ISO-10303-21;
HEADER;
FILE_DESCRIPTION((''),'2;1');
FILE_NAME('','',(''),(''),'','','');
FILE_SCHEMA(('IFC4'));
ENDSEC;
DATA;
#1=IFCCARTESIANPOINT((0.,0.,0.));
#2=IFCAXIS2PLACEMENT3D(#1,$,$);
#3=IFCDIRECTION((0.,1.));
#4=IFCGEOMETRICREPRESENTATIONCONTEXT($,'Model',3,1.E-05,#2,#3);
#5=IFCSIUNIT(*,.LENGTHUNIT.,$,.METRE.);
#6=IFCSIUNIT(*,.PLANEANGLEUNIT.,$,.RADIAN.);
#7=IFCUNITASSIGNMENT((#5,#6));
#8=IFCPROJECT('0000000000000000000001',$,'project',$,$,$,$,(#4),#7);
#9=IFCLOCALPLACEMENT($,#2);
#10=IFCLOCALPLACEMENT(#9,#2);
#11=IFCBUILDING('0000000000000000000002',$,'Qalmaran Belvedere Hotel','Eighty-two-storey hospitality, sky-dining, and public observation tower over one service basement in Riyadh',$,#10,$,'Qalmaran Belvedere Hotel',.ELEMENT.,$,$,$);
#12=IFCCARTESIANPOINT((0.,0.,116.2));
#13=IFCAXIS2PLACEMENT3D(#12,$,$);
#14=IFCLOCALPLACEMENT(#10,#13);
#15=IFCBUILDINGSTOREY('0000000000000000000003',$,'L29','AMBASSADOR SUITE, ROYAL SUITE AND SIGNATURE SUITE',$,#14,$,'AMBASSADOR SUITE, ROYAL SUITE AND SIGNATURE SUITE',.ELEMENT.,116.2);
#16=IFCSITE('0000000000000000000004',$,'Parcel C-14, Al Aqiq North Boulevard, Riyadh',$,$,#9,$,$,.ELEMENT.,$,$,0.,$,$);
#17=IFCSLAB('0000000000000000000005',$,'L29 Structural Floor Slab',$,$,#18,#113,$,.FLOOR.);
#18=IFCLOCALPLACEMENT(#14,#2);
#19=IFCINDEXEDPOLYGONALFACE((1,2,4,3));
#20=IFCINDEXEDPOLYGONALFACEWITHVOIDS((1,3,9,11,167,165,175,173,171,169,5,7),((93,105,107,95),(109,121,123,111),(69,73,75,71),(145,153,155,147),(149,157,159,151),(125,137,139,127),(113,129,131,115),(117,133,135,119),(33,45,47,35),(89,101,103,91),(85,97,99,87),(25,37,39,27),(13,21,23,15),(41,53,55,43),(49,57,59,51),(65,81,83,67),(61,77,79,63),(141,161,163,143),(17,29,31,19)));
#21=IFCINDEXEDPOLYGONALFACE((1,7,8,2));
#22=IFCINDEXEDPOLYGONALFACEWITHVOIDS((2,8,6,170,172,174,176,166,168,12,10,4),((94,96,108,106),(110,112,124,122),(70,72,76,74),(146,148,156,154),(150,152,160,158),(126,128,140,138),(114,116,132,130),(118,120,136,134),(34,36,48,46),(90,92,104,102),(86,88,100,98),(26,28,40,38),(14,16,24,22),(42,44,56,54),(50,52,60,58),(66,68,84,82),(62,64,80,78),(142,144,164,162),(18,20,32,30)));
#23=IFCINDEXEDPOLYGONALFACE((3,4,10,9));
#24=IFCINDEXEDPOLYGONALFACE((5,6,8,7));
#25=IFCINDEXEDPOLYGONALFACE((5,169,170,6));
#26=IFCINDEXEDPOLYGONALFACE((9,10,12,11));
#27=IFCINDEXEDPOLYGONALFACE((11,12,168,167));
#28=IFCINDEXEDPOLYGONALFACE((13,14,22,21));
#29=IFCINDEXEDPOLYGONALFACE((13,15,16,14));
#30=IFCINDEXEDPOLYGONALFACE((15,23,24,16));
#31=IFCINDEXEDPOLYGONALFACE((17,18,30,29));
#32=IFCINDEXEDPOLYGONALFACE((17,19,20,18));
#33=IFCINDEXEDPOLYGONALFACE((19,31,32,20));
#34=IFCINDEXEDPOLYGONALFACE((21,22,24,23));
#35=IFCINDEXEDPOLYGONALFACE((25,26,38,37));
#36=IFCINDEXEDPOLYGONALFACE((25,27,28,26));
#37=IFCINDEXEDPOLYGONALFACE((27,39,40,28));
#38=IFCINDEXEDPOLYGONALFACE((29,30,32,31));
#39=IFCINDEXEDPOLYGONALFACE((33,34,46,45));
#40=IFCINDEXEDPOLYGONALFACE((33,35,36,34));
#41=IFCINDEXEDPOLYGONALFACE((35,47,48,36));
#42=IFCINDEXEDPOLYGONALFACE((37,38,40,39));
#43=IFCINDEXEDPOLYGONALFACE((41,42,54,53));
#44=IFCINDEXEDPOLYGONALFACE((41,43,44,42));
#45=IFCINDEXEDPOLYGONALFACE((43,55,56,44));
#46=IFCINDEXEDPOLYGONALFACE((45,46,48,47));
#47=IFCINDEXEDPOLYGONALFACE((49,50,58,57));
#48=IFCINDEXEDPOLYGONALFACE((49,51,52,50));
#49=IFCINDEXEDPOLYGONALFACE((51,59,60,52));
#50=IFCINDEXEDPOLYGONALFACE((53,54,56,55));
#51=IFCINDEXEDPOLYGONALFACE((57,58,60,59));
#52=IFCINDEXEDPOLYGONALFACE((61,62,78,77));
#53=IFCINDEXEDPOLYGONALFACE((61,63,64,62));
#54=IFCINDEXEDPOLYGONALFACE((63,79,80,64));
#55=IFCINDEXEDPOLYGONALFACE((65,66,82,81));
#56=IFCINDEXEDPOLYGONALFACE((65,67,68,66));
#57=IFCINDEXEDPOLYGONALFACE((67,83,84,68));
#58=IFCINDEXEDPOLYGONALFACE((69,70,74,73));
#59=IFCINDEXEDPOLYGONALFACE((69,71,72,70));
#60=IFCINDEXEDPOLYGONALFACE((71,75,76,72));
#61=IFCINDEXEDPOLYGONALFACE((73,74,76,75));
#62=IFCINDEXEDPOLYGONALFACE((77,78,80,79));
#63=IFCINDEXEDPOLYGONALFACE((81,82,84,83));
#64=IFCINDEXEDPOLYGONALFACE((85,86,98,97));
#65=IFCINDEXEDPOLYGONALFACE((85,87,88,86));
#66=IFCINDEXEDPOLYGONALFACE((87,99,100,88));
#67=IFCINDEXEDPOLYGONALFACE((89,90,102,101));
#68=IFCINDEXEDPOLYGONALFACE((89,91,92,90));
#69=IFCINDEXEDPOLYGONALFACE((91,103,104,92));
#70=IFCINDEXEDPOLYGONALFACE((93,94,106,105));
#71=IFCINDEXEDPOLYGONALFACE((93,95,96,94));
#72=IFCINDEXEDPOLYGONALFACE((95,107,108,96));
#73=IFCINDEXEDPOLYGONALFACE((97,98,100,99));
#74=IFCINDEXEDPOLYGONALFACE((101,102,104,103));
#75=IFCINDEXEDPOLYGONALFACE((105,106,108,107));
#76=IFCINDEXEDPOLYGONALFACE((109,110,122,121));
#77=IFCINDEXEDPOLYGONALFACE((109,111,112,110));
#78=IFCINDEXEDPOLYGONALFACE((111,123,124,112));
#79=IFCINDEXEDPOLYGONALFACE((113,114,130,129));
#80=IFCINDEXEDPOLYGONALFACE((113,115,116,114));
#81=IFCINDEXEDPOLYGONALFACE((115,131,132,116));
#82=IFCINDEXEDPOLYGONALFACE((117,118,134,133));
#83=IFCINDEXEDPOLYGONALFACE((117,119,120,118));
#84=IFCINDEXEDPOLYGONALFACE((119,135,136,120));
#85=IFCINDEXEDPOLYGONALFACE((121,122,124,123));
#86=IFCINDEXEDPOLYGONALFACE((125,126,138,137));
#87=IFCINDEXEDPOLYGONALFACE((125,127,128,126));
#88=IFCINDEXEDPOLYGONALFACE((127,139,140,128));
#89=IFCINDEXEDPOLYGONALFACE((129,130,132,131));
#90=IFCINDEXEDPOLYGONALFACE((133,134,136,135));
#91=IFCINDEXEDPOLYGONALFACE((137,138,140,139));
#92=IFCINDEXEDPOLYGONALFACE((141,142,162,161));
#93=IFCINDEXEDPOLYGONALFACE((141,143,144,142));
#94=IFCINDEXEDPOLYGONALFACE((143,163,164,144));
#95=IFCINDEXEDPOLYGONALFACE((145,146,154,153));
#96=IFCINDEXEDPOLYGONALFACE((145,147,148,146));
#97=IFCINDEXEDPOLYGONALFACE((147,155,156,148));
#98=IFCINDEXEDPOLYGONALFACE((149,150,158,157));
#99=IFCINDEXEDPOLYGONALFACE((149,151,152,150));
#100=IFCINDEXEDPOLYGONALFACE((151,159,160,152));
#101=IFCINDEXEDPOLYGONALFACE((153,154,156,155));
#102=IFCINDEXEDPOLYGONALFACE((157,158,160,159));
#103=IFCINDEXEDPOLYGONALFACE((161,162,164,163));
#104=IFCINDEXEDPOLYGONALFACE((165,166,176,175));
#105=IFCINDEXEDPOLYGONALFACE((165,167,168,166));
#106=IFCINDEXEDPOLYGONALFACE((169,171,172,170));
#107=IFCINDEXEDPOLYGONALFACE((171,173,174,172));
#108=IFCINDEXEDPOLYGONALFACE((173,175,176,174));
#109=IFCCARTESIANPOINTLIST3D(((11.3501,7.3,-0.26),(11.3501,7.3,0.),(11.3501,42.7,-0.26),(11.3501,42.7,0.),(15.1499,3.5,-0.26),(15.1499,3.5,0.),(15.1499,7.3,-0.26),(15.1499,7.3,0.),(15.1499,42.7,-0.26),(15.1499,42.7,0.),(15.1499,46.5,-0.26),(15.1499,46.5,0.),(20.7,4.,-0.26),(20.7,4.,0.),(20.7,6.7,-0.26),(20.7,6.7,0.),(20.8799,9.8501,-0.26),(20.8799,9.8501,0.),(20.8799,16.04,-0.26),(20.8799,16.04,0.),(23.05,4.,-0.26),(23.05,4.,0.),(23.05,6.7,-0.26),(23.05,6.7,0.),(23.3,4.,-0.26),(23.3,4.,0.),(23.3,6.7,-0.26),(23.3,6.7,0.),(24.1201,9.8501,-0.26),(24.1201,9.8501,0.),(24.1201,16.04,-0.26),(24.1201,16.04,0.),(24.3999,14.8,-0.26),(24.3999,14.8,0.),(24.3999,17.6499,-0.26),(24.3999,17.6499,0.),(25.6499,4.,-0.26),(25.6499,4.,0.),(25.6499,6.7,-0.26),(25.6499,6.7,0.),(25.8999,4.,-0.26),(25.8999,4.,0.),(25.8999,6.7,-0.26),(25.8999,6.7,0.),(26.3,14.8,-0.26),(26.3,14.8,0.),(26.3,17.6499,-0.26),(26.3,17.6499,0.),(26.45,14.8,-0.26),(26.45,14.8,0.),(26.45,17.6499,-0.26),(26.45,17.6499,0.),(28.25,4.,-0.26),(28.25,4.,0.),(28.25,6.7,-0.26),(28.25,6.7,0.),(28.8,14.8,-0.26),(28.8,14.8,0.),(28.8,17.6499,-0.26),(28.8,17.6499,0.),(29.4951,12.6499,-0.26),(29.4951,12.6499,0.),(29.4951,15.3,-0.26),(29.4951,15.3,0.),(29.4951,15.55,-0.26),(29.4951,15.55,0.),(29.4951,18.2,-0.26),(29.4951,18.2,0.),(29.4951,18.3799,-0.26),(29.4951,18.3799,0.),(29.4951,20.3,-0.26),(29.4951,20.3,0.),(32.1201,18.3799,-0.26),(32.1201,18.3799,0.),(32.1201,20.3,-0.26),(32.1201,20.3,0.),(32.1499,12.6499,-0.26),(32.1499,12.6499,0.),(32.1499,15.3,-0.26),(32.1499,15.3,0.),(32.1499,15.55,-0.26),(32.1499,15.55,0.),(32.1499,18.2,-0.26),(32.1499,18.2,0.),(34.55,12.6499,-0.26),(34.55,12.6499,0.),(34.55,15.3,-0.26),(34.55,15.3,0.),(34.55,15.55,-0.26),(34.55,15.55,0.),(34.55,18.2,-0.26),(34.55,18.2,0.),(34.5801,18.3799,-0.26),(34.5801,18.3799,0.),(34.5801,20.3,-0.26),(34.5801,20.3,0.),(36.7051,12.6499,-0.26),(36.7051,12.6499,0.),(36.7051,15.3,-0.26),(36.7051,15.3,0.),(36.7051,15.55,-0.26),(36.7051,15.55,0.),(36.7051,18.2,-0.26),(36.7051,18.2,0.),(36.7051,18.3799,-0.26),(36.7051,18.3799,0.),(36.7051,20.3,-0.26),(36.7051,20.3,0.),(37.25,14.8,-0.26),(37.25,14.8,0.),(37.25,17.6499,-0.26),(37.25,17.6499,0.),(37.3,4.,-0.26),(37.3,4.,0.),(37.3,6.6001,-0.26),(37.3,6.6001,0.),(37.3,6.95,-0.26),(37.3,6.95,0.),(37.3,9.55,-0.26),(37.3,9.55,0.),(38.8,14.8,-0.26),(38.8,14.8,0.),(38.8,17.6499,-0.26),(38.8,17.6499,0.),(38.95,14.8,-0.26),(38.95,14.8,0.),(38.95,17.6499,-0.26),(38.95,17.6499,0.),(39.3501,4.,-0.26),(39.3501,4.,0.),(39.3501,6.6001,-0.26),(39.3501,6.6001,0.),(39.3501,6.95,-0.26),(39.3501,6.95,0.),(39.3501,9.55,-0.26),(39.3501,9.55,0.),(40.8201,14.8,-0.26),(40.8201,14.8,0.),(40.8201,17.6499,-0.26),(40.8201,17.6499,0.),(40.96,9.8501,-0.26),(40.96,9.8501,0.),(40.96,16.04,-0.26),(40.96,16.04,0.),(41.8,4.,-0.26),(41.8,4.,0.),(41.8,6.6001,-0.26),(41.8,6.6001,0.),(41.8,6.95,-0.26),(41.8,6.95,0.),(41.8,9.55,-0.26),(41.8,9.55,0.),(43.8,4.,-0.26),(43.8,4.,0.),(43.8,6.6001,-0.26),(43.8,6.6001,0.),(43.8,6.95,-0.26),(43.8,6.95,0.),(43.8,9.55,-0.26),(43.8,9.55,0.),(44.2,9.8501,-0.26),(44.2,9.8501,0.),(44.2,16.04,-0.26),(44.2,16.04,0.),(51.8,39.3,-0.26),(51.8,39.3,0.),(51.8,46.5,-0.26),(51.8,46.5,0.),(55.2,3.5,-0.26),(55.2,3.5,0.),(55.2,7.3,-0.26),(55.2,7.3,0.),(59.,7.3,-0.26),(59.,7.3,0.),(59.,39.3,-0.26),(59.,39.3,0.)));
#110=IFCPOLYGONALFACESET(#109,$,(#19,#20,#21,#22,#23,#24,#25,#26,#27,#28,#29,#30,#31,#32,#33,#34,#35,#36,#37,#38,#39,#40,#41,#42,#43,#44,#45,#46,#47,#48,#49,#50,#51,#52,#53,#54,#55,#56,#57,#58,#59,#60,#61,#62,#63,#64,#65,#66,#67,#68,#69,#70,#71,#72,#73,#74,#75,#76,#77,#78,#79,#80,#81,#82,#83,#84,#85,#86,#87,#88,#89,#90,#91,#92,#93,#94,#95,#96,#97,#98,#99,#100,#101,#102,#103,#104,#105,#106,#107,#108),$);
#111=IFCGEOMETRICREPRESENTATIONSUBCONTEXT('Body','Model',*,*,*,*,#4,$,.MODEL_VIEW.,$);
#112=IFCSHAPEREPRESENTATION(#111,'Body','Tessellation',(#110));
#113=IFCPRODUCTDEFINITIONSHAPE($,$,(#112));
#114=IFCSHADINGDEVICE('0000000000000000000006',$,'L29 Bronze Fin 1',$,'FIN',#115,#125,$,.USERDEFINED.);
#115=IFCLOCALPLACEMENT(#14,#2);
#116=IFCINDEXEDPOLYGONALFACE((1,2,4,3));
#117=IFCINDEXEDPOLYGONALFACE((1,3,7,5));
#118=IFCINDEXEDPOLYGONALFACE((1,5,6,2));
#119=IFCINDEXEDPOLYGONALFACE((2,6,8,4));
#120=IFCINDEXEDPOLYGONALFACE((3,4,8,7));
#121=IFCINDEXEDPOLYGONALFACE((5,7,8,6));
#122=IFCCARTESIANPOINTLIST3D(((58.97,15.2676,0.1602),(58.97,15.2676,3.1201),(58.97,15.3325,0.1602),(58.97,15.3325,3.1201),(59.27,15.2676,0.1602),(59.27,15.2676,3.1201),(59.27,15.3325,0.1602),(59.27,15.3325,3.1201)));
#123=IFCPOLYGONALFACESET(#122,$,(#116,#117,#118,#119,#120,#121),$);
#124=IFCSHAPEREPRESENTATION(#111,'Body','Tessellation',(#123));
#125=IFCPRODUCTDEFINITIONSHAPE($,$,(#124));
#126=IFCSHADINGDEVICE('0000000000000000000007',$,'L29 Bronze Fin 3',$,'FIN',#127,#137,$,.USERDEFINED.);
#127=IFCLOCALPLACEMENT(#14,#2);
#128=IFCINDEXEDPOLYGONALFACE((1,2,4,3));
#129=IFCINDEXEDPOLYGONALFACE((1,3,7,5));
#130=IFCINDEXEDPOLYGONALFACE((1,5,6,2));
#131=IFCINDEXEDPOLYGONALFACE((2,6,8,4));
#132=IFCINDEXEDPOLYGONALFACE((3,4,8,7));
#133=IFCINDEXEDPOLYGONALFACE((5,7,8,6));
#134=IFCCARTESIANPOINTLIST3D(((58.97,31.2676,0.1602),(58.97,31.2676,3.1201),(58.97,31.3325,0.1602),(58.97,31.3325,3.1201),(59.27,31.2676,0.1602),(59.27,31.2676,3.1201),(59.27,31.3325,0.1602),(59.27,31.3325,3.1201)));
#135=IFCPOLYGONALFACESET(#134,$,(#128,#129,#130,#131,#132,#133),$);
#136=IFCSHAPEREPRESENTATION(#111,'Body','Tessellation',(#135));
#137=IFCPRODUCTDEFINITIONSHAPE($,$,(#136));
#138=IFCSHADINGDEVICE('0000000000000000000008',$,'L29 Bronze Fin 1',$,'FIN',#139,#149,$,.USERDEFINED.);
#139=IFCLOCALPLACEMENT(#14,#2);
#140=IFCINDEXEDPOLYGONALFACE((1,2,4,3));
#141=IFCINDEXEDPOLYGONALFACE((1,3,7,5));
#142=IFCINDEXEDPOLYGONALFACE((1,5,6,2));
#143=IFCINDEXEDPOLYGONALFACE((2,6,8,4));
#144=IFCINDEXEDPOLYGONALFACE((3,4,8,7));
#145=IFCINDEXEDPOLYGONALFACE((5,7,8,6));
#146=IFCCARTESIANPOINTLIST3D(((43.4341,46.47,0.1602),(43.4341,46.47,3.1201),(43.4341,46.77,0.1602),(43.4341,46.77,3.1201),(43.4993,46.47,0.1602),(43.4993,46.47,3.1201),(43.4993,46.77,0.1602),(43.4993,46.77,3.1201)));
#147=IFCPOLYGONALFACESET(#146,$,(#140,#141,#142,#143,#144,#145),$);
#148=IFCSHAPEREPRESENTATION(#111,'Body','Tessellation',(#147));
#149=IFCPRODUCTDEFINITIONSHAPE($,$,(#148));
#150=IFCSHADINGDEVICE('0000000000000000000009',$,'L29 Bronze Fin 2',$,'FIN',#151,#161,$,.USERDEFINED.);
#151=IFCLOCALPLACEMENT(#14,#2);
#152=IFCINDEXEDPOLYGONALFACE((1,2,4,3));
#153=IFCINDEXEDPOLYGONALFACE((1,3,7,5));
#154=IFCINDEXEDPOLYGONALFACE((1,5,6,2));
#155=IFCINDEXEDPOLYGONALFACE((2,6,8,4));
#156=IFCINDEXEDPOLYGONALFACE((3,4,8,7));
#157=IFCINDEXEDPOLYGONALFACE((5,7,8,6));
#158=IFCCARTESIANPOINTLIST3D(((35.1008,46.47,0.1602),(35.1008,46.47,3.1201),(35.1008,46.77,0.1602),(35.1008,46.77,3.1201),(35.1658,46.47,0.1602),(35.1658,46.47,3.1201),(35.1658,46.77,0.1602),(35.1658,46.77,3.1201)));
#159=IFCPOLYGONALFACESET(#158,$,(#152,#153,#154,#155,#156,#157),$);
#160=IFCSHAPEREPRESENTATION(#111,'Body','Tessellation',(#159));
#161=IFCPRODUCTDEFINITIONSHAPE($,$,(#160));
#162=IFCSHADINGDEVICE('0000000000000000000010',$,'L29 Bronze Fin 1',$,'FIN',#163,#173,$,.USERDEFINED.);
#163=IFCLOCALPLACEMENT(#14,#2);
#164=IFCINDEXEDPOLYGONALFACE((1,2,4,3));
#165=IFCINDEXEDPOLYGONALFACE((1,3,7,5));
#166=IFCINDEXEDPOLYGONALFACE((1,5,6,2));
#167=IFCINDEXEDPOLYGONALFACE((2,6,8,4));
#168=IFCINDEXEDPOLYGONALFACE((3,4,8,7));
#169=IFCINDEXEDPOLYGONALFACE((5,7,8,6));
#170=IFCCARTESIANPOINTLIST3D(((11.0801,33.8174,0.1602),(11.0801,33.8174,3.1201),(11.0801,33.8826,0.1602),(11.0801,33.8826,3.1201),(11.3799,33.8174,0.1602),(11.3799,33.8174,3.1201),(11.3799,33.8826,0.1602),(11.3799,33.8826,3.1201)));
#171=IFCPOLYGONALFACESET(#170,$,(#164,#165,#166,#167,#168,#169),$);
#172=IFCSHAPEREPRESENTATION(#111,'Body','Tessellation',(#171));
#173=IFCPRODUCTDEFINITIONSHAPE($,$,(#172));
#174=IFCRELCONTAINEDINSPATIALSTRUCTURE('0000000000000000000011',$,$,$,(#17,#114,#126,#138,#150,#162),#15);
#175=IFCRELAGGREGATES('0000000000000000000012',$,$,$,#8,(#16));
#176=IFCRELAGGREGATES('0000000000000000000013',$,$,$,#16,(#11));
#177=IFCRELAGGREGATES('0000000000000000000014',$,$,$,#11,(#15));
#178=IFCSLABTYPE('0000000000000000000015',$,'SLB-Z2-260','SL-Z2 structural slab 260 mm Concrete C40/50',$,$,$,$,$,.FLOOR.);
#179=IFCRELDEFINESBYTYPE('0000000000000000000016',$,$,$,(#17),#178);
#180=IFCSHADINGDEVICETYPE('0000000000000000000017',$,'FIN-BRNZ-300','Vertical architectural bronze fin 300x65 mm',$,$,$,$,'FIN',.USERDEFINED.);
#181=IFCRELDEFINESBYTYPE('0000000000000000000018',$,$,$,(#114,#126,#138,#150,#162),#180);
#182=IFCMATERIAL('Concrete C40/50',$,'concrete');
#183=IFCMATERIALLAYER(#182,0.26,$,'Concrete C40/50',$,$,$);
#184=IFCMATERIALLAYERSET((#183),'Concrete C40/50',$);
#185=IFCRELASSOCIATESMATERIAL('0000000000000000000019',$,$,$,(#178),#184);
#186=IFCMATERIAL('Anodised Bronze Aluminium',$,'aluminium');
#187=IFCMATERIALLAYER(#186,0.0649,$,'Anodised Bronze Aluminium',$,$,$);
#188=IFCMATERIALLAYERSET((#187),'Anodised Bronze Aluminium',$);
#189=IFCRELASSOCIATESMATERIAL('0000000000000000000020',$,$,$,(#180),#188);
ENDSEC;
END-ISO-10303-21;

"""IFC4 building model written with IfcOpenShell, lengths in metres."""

from ifc_helpers import new_model, si_unit, direction, frame, origin, place, context, subcontext, project, spatial, polyline, outline, extrude, material, layer, layer_set, type_object, element, save


model = new_model("IFC4")

# Units and contexts
model_context = context("Model", 3, precision=1e-05, world=origin(), true_north=direction((0.0, 1.0)))
body_context = subcontext(model_context, "Body", "Model", "MODEL_VIEW")
ifc_project = project(units=[si_unit("LENGTHUNIT", "METRE"), si_unit("PLANEANGLEUNIT", "RADIAN")], contexts=[model_context])

# Site, building, storey
site_placement = place(None, origin())
site = spatial("IfcSite", under=ifc_project, at=site_placement, Name="Parcel C-14, Al Aqiq North Boulevard, Riyadh", CompositionType="ELEMENT", RefElevation=0.0)
building_placement = place(site_placement, origin())
building = spatial("IfcBuilding", under=site, at=building_placement, Name="Qalmaran Belvedere Hotel", Description="Eighty-two-storey hospitality, sky-dining, and public observation tower over one service basement in Riyadh", LongName="Qalmaran Belvedere Hotel", CompositionType="ELEMENT")
storey_placement = place(building_placement, frame((0.0, 0.0, 116.2)))
storey = spatial("IfcBuildingStorey", under=building, at=storey_placement, Name="L29", Description="AMBASSADOR SUITE, ROYAL SUITE AND SIGNATURE SUITE", LongName="AMBASSADOR SUITE, ROYAL SUITE AND SIGNATURE SUITE", CompositionType="ELEMENT", Elevation=116.2)

# Shared definitions
ifc_material_1 = material(Name="Anodised Bronze Aluminium", Category="aluminium")

# Shared definitions
ifc_material_2 = material(Name="Concrete C40/50", Category="concrete")

# Slab
ifc_layer_1 = layer(ifc_material_2, 0.26, Name="Concrete C40/50")
ifc_layer_set_1 = layer_set([ifc_layer_1], Name="Concrete C40/50")
slab_type_1 = type_object("IfcSlabType", Name="SLB-Z2-260", Description="SL-Z2 structural slab 260 mm Concrete C40/50", PredefinedType="FLOOR", material=ifc_layer_set_1)
slab_1_placement = place(storey_placement, frame((0.0, 0.0, -0.26)))
element("IfcSlab", 1, at=slab_1_placement, inside=storey, type_object=slab_type_1, Name="L29 Structural Floor Slab", PredefinedType="FLOOR", context=body_context, shape_type="SweptSolid", body=[
    extrude(outline(polyline([(15.1499, 3.5), (55.2, 3.5), (55.2, 7.3), (59.0, 7.3), (59.0, 39.3), (51.8, 39.3), (51.8, 46.5), (15.1499, 46.5), (15.1499, 42.7), (11.3501, 42.7), (11.3501, 7.3), (15.1499, 7.3), (15.1499, 3.5)]), holes=[polyline([(20.8799, 9.8501), (24.1201, 9.8501), (24.1201, 16.04), (20.8799, 16.04), (20.8799, 9.8501)]), polyline([(40.96, 9.8501), (44.2, 9.8501), (44.2, 16.04), (40.96, 16.04), (40.96, 9.8501)]), polyline([(29.4951, 12.6499), (32.1499, 12.6499), (32.1499, 15.3), (29.4951, 15.3), (29.4951, 12.6499)]), polyline([(29.4951, 15.55), (32.1499, 15.55), (32.1499, 18.2), (29.4951, 18.2), (29.4951, 15.55)]), polyline([(34.55, 12.6499), (36.7051, 12.6499), (36.7051, 15.3), (34.55, 15.3), (34.55, 12.6499)]), polyline([(34.55, 15.55), (36.7051, 15.55), (36.7051, 18.2), (34.55, 18.2), (34.55, 15.55)]), polyline([(37.3, 4.0), (39.3501, 4.0), (39.3501, 6.6001), (37.3, 6.6001), (37.3, 4.0)]), polyline([(37.3, 6.95), (39.3501, 6.95), (39.3501, 9.55), (37.3, 9.55), (37.3, 6.95)]), polyline([(41.8, 4.0), (43.8, 4.0), (43.8, 6.6001), (41.8, 6.6001), (41.8, 4.0)]), polyline([(41.8, 6.95), (43.8, 6.95), (43.8, 9.55), (41.8, 9.55), (41.8, 6.95)]), polyline([(20.7, 4.0), (23.05, 4.0), (23.05, 6.7), (20.7, 6.7), (20.7, 4.0)]), polyline([(23.3, 4.0), (25.6499, 4.0), (25.6499, 6.7), (23.3, 6.7), (23.3, 4.0)]), polyline([(25.8999, 4.0), (28.25, 4.0), (28.25, 6.7), (25.8999, 6.7), (25.8999, 4.0)]), polyline([(24.3999, 14.8), (26.3, 14.8), (26.3, 17.6499), (24.3999, 17.6499), (24.3999, 14.8)]), polyline([(38.95, 14.8), (40.8201, 14.8), (40.8201, 17.6499), (38.95, 17.6499), (38.95, 14.8)]), polyline([(26.45, 14.8), (28.8, 14.8), (28.8, 17.6499), (26.45, 17.6499), (26.45, 14.8)]), polyline([(37.25, 14.8), (38.8, 14.8), (38.8, 17.6499), (37.25, 17.6499), (37.25, 14.8)]), polyline([(29.4951, 18.3799), (32.1201, 18.3799), (32.1201, 20.3), (29.4951, 20.3), (29.4951, 18.3799)]), polyline([(34.5801, 18.3799), (36.7051, 18.3799), (36.7051, 20.3), (34.5801, 20.3), (34.5801, 18.3799)])]), origin(), (0.0, 0.0, 1.0), 0.26),
])

# Shading devices
ifc_layer_2 = layer(ifc_material_1, 0.0649, Name="Anodised Bronze Aluminium")
ifc_layer_set_2 = layer_set([ifc_layer_2], Name="Anodised Bronze Aluminium")
shading_device_type = type_object("IfcShadingDeviceType", Name="FIN-BRNZ-300", Description="Vertical architectural bronze fin 300x65 mm", ElementType="FIN", PredefinedType="USERDEFINED", material=ifc_layer_set_2)
shading_device_1_placement = place(storey_placement, frame((0.0, 0.0, 0.1602)))
element("IfcShadingDevice", 2, at=shading_device_1_placement, inside=storey, type_object=shading_device_type, Name="L29 Bronze Fin 1", ObjectType="FIN", PredefinedType="USERDEFINED", context=body_context, shape_type="SweptSolid", body=[
    extrude(outline(polyline([(58.97, 15.2676), (59.27, 15.2676), (59.27, 15.3325), (58.97, 15.3325), (58.97, 15.2676)])), origin(), (0.0, 0.0, 1.0), 2.96),
])
shading_device_2_placement = place(storey_placement, frame((0.0, 0.0, 0.1602)))
element("IfcShadingDevice", 3, at=shading_device_2_placement, inside=storey, type_object=shading_device_type, Name="L29 Bronze Fin 3", ObjectType="FIN", PredefinedType="USERDEFINED", context=body_context, shape_type="SweptSolid", body=[
    extrude(outline(polyline([(58.97, 31.2676), (59.27, 31.2676), (59.27, 31.3325), (58.97, 31.3325), (58.97, 31.2676)])), origin(), (0.0, 0.0, 1.0), 2.96),
])
shading_device_3_placement = place(storey_placement, frame((0.0, 0.0, 0.1602)))
element("IfcShadingDevice", 4, at=shading_device_3_placement, inside=storey, type_object=shading_device_type, Name="L29 Bronze Fin 1", ObjectType="FIN", PredefinedType="USERDEFINED", context=body_context, shape_type="SweptSolid", body=[
    extrude(outline(polyline([(43.4993, 46.47), (43.4993, 46.77), (43.4341, 46.77), (43.4341, 46.47), (43.4993, 46.47)])), origin(), (0.0, 0.0, 1.0), 2.96),
])
shading_device_4_placement = place(storey_placement, frame((0.0, 0.0, 0.1602)))
element("IfcShadingDevice", 5, at=shading_device_4_placement, inside=storey, type_object=shading_device_type, Name="L29 Bronze Fin 2", ObjectType="FIN", PredefinedType="USERDEFINED", context=body_context, shape_type="SweptSolid", body=[
    extrude(outline(polyline([(35.1658, 46.47), (35.1658, 46.77), (35.1008, 46.77), (35.1008, 46.47), (35.1658, 46.47)])), origin(), (0.0, 0.0, 1.0), 2.96),
])
shading_device_5_placement = place(storey_placement, frame((0.0, 0.0, 0.1602)))
element("IfcShadingDevice", 6, at=shading_device_5_placement, inside=storey, type_object=shading_device_type, Name="L29 Bronze Fin 1", ObjectType="FIN", PredefinedType="USERDEFINED", context=body_context, shape_type="SweptSolid", body=[
    extrude(outline(polyline([(11.3799, 33.8826), (11.0801, 33.8826), (11.0801, 33.8174), (11.3799, 33.8174), (11.3799, 33.8826)])), origin(), (0.0, 0.0, 1.0), 2.96),
])

save(model, "model.ifc")
